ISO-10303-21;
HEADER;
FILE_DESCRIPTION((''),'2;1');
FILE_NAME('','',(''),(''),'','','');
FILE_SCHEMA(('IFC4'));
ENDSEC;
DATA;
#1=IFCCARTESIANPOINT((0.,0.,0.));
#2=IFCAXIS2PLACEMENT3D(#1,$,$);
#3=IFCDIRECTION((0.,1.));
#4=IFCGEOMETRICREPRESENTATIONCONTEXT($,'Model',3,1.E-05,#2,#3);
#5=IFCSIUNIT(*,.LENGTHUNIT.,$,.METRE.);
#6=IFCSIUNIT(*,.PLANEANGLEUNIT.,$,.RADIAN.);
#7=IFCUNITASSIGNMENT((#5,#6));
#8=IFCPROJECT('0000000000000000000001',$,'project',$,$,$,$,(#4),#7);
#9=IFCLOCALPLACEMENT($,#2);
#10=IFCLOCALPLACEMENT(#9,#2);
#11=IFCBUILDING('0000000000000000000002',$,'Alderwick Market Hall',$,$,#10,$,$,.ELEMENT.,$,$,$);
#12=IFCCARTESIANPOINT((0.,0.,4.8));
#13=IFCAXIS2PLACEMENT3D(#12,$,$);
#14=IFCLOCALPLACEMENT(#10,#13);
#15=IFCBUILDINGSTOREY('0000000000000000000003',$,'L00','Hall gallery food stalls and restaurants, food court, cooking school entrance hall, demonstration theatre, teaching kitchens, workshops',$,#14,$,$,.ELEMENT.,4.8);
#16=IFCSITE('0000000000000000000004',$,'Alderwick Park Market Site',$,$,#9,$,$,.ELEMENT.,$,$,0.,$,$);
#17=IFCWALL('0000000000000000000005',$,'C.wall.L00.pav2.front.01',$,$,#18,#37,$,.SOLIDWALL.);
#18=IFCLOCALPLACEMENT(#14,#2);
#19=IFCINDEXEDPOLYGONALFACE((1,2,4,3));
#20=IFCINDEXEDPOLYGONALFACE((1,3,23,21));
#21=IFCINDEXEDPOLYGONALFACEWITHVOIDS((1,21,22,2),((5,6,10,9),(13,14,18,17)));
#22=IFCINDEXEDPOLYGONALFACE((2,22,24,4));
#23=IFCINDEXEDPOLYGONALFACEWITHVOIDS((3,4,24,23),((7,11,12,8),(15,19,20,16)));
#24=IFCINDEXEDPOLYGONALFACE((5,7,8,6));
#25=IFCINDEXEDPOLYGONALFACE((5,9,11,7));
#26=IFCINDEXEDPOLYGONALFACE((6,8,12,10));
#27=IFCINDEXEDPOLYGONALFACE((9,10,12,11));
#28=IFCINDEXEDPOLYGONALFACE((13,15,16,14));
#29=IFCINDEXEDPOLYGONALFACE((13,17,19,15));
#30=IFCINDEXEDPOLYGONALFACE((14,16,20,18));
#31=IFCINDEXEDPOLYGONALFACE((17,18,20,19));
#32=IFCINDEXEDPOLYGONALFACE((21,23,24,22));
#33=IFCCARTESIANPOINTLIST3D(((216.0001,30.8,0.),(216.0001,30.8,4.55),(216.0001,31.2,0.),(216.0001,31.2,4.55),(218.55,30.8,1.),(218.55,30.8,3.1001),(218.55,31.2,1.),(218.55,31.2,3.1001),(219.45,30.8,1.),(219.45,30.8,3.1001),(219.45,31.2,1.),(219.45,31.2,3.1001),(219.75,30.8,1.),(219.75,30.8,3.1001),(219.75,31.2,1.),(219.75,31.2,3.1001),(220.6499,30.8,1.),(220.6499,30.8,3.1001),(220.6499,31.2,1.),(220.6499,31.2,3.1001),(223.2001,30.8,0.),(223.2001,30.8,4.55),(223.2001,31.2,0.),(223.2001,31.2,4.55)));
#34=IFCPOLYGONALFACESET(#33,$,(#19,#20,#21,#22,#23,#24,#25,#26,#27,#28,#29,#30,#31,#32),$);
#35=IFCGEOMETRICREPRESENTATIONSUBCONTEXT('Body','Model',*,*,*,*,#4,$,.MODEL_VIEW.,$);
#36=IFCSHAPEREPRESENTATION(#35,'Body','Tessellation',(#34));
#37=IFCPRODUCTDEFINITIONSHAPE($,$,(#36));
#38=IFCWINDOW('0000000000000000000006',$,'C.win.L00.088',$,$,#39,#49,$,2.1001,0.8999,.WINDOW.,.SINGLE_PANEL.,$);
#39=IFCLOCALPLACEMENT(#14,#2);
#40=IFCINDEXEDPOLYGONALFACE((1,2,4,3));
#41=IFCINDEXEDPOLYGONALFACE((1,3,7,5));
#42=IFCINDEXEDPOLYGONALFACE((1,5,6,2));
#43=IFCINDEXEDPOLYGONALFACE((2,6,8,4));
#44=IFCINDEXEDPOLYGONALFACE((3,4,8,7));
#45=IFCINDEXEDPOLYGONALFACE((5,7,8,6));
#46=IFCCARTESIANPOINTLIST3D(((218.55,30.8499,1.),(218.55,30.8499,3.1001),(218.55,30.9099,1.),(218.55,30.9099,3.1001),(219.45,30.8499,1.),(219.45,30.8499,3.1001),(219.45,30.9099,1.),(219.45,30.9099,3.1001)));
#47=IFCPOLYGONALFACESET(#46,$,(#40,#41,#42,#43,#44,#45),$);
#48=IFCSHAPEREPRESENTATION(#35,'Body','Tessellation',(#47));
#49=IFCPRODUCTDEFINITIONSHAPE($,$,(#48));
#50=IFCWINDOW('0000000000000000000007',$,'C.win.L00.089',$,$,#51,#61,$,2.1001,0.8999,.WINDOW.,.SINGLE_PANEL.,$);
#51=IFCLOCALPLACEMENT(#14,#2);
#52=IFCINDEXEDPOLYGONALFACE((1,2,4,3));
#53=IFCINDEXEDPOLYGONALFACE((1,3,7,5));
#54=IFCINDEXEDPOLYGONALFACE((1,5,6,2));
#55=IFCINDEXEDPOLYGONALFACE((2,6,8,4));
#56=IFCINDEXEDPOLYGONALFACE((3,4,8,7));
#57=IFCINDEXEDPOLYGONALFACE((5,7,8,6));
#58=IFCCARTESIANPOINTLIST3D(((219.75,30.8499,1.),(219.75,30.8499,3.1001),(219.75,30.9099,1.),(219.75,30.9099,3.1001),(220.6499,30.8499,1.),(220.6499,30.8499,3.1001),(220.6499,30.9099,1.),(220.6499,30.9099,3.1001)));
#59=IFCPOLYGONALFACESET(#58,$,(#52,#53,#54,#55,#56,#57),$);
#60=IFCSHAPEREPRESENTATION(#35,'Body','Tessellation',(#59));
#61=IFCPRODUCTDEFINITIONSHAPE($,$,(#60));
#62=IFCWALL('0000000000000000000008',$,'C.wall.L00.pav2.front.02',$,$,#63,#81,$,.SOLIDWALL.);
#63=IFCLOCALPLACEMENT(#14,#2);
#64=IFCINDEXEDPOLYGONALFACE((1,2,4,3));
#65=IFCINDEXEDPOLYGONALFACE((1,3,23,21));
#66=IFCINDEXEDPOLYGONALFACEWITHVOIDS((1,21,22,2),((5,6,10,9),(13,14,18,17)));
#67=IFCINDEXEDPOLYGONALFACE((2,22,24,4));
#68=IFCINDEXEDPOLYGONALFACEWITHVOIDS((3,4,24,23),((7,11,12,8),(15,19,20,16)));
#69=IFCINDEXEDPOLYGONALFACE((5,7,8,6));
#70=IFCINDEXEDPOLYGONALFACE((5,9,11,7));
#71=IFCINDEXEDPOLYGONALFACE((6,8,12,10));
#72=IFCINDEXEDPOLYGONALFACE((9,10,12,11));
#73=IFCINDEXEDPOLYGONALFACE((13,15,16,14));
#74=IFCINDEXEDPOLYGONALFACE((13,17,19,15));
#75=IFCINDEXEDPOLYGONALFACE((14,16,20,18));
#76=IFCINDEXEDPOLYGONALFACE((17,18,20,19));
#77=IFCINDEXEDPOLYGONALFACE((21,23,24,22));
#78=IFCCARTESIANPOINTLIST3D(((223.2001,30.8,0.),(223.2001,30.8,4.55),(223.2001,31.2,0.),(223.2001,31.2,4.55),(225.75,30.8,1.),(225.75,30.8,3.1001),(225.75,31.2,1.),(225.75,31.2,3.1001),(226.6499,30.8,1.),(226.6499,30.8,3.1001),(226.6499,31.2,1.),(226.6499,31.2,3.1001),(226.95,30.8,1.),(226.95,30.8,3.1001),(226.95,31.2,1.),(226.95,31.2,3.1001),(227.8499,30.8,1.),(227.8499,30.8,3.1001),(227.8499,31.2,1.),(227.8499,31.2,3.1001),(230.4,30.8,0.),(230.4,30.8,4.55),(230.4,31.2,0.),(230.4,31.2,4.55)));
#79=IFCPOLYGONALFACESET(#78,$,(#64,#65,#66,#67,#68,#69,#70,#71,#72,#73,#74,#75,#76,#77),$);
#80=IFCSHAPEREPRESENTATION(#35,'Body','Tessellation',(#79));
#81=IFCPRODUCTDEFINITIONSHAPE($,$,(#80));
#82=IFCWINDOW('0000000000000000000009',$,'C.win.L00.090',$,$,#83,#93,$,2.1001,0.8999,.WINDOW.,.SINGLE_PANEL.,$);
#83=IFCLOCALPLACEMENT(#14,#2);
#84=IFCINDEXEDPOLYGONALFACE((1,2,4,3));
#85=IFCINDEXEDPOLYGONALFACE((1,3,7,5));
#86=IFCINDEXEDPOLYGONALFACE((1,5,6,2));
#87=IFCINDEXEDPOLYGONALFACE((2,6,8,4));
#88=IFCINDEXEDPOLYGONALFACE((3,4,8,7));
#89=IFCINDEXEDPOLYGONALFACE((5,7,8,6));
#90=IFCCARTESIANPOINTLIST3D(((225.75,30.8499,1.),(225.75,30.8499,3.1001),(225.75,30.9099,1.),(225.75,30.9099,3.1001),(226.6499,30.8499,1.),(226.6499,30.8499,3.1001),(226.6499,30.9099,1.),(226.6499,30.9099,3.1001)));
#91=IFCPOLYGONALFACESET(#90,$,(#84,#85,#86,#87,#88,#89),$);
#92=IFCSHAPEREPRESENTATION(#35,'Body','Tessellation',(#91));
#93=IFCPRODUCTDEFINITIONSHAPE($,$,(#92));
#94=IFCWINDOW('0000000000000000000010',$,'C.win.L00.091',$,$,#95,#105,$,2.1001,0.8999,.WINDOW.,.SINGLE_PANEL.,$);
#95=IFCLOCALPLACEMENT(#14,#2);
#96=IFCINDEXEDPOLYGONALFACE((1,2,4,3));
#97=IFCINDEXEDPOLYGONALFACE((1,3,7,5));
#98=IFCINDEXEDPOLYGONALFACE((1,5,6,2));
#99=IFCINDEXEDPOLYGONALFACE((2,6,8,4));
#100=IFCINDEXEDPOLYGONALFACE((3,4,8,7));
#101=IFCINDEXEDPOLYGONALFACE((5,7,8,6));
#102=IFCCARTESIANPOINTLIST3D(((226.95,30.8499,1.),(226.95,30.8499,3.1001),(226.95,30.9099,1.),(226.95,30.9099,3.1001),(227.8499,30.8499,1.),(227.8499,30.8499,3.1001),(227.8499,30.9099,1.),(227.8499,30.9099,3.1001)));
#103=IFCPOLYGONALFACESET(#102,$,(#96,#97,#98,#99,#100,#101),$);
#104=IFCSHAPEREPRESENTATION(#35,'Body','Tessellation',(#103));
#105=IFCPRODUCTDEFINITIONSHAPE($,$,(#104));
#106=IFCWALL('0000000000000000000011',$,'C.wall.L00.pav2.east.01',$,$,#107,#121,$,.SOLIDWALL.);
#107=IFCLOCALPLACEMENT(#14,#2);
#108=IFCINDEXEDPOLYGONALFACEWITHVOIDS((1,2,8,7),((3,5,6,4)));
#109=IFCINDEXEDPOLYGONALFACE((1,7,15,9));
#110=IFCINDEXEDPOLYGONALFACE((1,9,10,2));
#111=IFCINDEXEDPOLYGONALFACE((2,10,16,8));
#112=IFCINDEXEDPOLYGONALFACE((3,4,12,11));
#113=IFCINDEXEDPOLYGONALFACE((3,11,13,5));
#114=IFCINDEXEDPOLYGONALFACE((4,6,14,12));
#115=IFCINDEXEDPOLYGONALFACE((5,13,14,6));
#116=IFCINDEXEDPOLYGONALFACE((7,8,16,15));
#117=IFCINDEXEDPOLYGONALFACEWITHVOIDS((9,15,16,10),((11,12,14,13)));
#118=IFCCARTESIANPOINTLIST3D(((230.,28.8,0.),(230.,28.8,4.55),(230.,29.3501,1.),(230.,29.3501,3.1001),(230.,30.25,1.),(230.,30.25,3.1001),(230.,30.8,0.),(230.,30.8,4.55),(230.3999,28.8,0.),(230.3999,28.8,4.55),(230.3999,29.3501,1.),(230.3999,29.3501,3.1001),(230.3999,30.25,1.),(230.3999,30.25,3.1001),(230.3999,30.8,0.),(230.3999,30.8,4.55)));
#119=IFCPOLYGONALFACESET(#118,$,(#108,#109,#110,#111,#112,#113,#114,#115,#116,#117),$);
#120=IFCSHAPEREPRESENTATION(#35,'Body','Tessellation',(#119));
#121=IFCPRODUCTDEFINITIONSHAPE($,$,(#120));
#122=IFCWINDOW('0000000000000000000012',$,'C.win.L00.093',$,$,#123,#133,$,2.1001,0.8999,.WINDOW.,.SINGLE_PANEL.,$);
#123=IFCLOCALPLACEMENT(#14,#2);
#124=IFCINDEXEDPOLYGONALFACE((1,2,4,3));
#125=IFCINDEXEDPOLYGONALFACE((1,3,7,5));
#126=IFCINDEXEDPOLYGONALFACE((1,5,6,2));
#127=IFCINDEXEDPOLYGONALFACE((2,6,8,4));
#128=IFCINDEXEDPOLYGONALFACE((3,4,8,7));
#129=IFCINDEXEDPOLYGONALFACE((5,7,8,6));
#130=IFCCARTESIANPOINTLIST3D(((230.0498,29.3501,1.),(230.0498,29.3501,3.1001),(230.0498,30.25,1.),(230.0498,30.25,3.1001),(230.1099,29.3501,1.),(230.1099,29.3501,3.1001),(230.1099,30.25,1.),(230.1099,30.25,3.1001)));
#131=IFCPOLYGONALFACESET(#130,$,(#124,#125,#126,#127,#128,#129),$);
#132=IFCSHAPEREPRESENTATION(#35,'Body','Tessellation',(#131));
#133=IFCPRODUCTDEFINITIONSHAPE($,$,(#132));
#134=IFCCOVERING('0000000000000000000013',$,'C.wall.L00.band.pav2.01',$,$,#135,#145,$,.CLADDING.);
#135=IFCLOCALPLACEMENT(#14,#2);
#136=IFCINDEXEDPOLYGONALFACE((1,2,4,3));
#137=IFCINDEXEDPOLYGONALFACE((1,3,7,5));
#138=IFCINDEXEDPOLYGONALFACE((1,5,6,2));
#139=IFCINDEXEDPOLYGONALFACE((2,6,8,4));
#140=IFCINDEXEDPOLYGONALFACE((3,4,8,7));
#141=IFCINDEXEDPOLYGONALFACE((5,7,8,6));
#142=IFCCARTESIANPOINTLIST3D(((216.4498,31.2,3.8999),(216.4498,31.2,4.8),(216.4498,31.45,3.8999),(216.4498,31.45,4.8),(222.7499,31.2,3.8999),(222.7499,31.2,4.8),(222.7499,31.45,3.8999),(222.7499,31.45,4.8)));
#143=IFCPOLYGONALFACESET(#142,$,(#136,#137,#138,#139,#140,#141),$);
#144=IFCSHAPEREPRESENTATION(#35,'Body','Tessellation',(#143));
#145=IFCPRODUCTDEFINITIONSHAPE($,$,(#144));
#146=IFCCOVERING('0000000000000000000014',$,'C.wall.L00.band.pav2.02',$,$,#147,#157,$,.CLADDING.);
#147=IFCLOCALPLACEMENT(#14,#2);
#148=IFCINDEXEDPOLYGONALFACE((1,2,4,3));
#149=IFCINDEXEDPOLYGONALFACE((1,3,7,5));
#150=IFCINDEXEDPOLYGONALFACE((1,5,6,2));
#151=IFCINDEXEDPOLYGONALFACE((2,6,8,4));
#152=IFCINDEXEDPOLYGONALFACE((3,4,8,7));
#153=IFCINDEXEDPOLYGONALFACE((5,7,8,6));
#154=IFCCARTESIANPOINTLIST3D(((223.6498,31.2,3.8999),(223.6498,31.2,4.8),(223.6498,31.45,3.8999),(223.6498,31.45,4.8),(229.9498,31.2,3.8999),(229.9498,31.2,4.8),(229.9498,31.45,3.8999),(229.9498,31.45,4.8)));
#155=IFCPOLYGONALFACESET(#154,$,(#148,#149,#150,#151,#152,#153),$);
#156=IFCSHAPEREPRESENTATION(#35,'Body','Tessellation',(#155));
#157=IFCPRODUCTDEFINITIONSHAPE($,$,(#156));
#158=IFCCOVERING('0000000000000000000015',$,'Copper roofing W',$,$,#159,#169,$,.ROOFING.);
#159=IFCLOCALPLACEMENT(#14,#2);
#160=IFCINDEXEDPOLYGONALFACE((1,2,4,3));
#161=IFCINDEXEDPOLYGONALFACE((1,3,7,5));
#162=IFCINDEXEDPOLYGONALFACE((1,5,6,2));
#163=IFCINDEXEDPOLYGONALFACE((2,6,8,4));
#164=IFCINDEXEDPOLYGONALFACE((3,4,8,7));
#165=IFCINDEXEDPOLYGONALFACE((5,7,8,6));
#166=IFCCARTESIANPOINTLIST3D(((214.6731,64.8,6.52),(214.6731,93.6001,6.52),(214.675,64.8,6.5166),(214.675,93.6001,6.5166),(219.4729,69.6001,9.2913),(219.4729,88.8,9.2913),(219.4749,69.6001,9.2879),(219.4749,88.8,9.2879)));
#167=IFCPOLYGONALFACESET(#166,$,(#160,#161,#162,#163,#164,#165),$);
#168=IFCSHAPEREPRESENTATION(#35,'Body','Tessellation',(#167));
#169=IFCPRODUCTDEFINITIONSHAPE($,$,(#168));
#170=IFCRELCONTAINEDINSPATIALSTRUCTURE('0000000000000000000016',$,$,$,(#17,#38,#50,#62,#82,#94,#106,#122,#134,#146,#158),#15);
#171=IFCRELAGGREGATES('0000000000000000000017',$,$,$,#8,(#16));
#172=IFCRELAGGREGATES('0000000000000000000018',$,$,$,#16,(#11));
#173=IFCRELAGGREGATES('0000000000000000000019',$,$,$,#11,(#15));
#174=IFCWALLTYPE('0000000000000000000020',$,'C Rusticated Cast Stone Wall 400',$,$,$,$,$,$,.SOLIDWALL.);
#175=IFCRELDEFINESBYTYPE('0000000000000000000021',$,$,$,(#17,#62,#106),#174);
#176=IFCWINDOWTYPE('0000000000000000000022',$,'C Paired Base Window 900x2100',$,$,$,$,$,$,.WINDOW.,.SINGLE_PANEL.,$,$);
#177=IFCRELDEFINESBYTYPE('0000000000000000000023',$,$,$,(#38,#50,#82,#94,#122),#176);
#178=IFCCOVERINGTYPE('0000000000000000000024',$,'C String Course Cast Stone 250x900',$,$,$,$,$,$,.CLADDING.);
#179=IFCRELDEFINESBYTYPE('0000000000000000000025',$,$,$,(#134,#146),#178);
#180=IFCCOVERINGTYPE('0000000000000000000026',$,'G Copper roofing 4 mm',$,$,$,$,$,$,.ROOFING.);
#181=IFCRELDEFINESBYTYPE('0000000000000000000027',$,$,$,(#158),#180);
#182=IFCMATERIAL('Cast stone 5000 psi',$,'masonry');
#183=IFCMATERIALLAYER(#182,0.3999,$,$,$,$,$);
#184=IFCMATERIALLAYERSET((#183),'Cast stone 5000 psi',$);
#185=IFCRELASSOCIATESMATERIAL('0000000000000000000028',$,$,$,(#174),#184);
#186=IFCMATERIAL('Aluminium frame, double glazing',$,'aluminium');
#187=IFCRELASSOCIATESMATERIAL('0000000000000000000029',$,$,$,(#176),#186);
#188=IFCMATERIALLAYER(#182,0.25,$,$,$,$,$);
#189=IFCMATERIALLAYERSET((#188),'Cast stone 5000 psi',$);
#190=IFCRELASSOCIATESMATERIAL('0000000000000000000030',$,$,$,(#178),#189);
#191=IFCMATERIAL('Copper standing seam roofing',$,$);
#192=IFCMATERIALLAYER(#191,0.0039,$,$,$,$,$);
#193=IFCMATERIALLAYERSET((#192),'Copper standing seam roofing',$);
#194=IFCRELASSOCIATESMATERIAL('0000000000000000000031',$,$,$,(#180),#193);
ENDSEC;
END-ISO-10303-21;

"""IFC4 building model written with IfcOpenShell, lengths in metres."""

from ifc_helpers import new_model, si_unit, direction, frame, frame_2d, origin, place, context, subcontext, project, spatial, polyline, rectangle, outline, extrude, material, layer, layer_set, type_object, element, fill, save


model = new_model("IFC4")

# Units and contexts
model_context = context("Model", 3, precision=1e-05, world=origin(), true_north=direction((0.0, 1.0)))
body_context = subcontext(model_context, "Body", "Model", "MODEL_VIEW")
ifc_project = project(units=[si_unit("LENGTHUNIT", "METRE"), si_unit("PLANEANGLEUNIT", "RADIAN")], contexts=[model_context])

# Site, building, storey
site_placement = place(None, origin())
site = spatial("IfcSite", under=ifc_project, at=site_placement, Name="Alderwick Park Market Site", CompositionType="ELEMENT", RefElevation=0.0)
building_placement = place(site_placement, origin())
building = spatial("IfcBuilding", under=site, at=building_placement, Name="Alderwick Market Hall", CompositionType="ELEMENT")
storey_placement = place(building_placement, frame((0.0, 0.0, 4.8)))
storey = spatial("IfcBuildingStorey", under=building, at=storey_placement, Name="L00", Description="Hall gallery food stalls and restaurants, food court, cooking school entrance hall, demonstration theatre, teaching kitchens, workshops", CompositionType="ELEMENT", Elevation=4.8)

# Shared definitions
ifc_material_1 = material(Name="Cast stone 5000 psi", Category="masonry")

# Walls, openings, windows
ifc_layer_1 = layer(ifc_material_1, 0.3999)
ifc_layer_set_1 = layer_set([ifc_layer_1], Name="Cast stone 5000 psi")
wall_type = type_object("IfcWallType", Name="C Rusticated Cast Stone Wall 400", PredefinedType="SOLIDWALL", material=ifc_layer_set_1)
wall_1_placement = place(storey_placement, frame((216.0, 31.0, 0.0), z_axis=(0.0, 0.0, 1.0), x_axis=(1.0, 0.0, 0.0)))
wall_1 = element("IfcWall", 1, at=wall_1_placement, inside=storey, type_object=wall_type, Name="C.wall.L00.pav2.front.01", PredefinedType="SOLIDWALL", context=body_context, shape_type="SweptSolid", body=[
    extrude(rectangle(XDim=7.2, YDim=0.3999, at=frame_2d((3.6001, 0.0))), origin(), (0.0, 0.0, 1.0), 4.55),
])
opening_1_placement = place(wall_1_placement, frame((2.55, 0.0, 1.0)))
opening_1 = element("IfcOpeningElement", 2, at=opening_1_placement, cuts=wall_1, PredefinedType="OPENING", context=body_context, shape_type="SweptSolid", body=[
    extrude(rectangle(XDim=0.8999, YDim=2.1001, at=frame_2d((0.45, 1.05))), frame((0.0, 0.21, 0.0), z_axis=(0.0, -1.0, 0.0), x_axis=(1.0, 0.0, 0.0)), (0.0, 0.0, 1.0), 0.4199),
])
opening_2_placement = place(wall_1_placement, frame((3.75, 0.0, 1.0)))
opening_2 = element("IfcOpeningElement", 3, at=opening_2_placement, cuts=wall_1, PredefinedType="OPENING", context=body_context, shape_type="SweptSolid", body=[
    extrude(rectangle(XDim=0.8999, YDim=2.1001, at=frame_2d((0.45, 1.05))), frame((0.0, 0.21, 0.0), z_axis=(0.0, -1.0, 0.0), x_axis=(1.0, 0.0, 0.0)), (0.0, 0.0, 1.0), 0.4199),
])
ifc_material_2 = material(Name="Aluminium frame, double glazing", Category="aluminium")
window_type = type_object("IfcWindowType", Name="C Paired Base Window 900x2100", PartitioningType="SINGLE_PANEL", PredefinedType="WINDOW", material=ifc_material_2)
window_1_placement = place(opening_1_placement, origin())
window_1 = element("IfcWindow", 4, at=window_1_placement, inside=storey, type_object=window_type, Name="C.win.L00.088", OverallHeight=2.1001, OverallWidth=0.8999, PartitioningType="SINGLE_PANEL", PredefinedType="WINDOW", context=body_context, shape_type="SweptSolid", body=[
    extrude(rectangle(XDim=0.8999, YDim=2.1001, at=frame_2d((0.45, 1.05))), frame((0.0, -0.0901, 0.0), z_axis=(0.0, -1.0, 0.0), x_axis=(1.0, 0.0, 0.0)), (0.0, 0.0, 1.0), 0.0601),
])
fill(opening_1, window_1)
window_2_placement = place(opening_2_placement, origin())
window_2 = element("IfcWindow", 5, at=window_2_placement, inside=storey, type_object=window_type, Name="C.win.L00.089", OverallHeight=2.1001, OverallWidth=0.8999, PartitioningType="SINGLE_PANEL", PredefinedType="WINDOW", context=body_context, shape_type="SweptSolid", body=[
    extrude(rectangle(XDim=0.8999, YDim=2.1001, at=frame_2d((0.45, 1.05))), frame((0.0, -0.0901, 0.0), z_axis=(0.0, -1.0, 0.0), x_axis=(1.0, 0.0, 0.0)), (0.0, 0.0, 1.0), 0.0601),
])
fill(opening_2, window_2)
wall_2_placement = place(storey_placement, frame((223.2, 31.0, 0.0), z_axis=(0.0, 0.0, 1.0), x_axis=(1.0, 0.0, 0.0)))
wall_2 = element("IfcWall", 6, at=wall_2_placement, inside=storey, type_object=wall_type, Name="C.wall.L00.pav2.front.02", PredefinedType="SOLIDWALL", context=body_context, shape_type="SweptSolid", body=[
    extrude(rectangle(XDim=7.2, YDim=0.3999, at=frame_2d((3.6001, 0.0))), origin(), (0.0, 0.0, 1.0), 4.55),
])
opening_3_placement = place(wall_2_placement, frame((2.55, 0.0, 1.0)))
opening_3 = element("IfcOpeningElement", 7, at=opening_3_placement, cuts=wall_2, PredefinedType="OPENING", context=body_context, shape_type="SweptSolid", body=[
    extrude(rectangle(XDim=0.8999, YDim=2.1001, at=frame_2d((0.45, 1.05))), frame((0.0, 0.21, 0.0), z_axis=(0.0, -1.0, 0.0), x_axis=(1.0, 0.0, 0.0)), (0.0, 0.0, 1.0), 0.4199),
])
opening_4_placement = place(wall_2_placement, frame((3.75, 0.0, 1.0)))
opening_4 = element("IfcOpeningElement", 8, at=opening_4_placement, cuts=wall_2, PredefinedType="OPENING", context=body_context, shape_type="SweptSolid", body=[
    extrude(rectangle(XDim=0.8999, YDim=2.1001, at=frame_2d((0.45, 1.05))), frame((0.0, 0.21, 0.0), z_axis=(0.0, -1.0, 0.0), x_axis=(1.0, 0.0, 0.0)), (0.0, 0.0, 1.0), 0.4199),
])
window_3_placement = place(opening_3_placement, origin())
window_3 = element("IfcWindow", 9, at=window_3_placement, inside=storey, type_object=window_type, Name="C.win.L00.090", OverallHeight=2.1001, OverallWidth=0.8999, PartitioningType="SINGLE_PANEL", PredefinedType="WINDOW", context=body_context, shape_type="SweptSolid", body=[
    extrude(rectangle(XDim=0.8999, YDim=2.1001, at=frame_2d((0.45, 1.05))), frame((0.0, -0.0901, 0.0), z_axis=(0.0, -1.0, 0.0), x_axis=(1.0, 0.0, 0.0)), (0.0, 0.0, 1.0), 0.0601),
])
fill(opening_3, window_3)
window_4_placement = place(opening_4_placement, origin())
window_4 = element("IfcWindow", 10, at=window_4_placement, inside=storey, type_object=window_type, Name="C.win.L00.091", OverallHeight=2.1001, OverallWidth=0.8999, PartitioningType="SINGLE_PANEL", PredefinedType="WINDOW", context=body_context, shape_type="SweptSolid", body=[
    extrude(rectangle(XDim=0.8999, YDim=2.1001, at=frame_2d((0.45, 1.05))), frame((0.0, -0.0901, 0.0), z_axis=(0.0, -1.0, 0.0), x_axis=(1.0, 0.0, 0.0)), (0.0, 0.0, 1.0), 0.0601),
])
fill(opening_4, window_4)

# Wall, opening, window
wall_3_placement = place(storey_placement, frame((230.2, 30.8, 0.0), z_axis=(0.0, 0.0, 1.0), x_axis=(0.0, -1.0, 0.0)))
wall_3 = element("IfcWall", 11, at=wall_3_placement, inside=storey, type_object=wall_type, Name="C.wall.L00.pav2.east.01", PredefinedType="SOLIDWALL", context=body_context, shape_type="SweptSolid", body=[
    extrude(rectangle(XDim=2.0, YDim=0.3999, at=frame_2d((1.0, 0.0))), origin(), (0.0, 0.0, 1.0), 4.55),
])
opening_5_placement = place(wall_3_placement, frame((0.55, 0.0, 1.0)))
opening_5 = element("IfcOpeningElement", 12, at=opening_5_placement, cuts=wall_3, PredefinedType="OPENING", context=body_context, shape_type="SweptSolid", body=[
    extrude(rectangle(XDim=0.8999, YDim=2.1001, at=frame_2d((0.45, 1.05))), frame((0.0, 0.21, 0.0), z_axis=(0.0, -1.0, 0.0), x_axis=(1.0, 0.0, 0.0)), (0.0, 0.0, 1.0), 0.4199),
])
window_5_placement = place(opening_5_placement, origin())
window_5 = element("IfcWindow", 13, at=window_5_placement, inside=storey, type_object=window_type, Name="C.win.L00.093", OverallHeight=2.1001, OverallWidth=0.8999, PartitioningType="SINGLE_PANEL", PredefinedType="WINDOW", context=body_context, shape_type="SweptSolid", body=[
    extrude(rectangle(XDim=0.8999, YDim=2.1001, at=frame_2d((0.45, 1.05))), frame((0.0, -0.0901, 0.0), z_axis=(0.0, -1.0, 0.0), x_axis=(1.0, 0.0, 0.0)), (0.0, 0.0, 1.0), 0.0601),
])
fill(opening_5, window_5)

# Coverings
ifc_layer_2 = layer(ifc_material_1, 0.25)
ifc_layer_set_2 = layer_set([ifc_layer_2], Name="Cast stone 5000 psi")
covering_type_1 = type_object("IfcCoveringType", Name="C String Course Cast Stone 250x900", PredefinedType="CLADDING", material=ifc_layer_set_2)
for number, where, z_axis, x_axis, name in (
    (14, (216.45, 31.325, 3.8999), (0.0, 0.0, 1.0), (1.0, 0.0, 0.0), "C.wall.L00.band.pav2.01"),
    (15, (223.6499, 31.325, 3.8999), (0.0, 0.0, 1.0), (1.0, 0.0, 0.0), "C.wall.L00.band.pav2.02"),
):
    element("IfcCovering", number, at=place(storey_placement, frame(where, z_axis=z_axis, x_axis=x_axis)), inside=storey, type_object=covering_type_1, Name=name, PredefinedType="CLADDING", context=body_context, shape_type="SweptSolid", body=[
        extrude(rectangle(XDim=6.3, YDim=0.25, at=frame_2d((3.1499, 0.0))), origin(), (0.0, 0.0, 1.0), 0.9001),
    ])
ifc_material_3 = material(Name="Copper standing seam roofing")
ifc_layer_3 = layer(ifc_material_3, 0.0039)
ifc_layer_set_3 = layer_set([ifc_layer_3], Name="Copper standing seam roofing")
covering_type_2 = type_object("IfcCoveringType", Name="G Copper roofing 4 mm", PredefinedType="ROOFING", material=ifc_layer_set_3)
covering_1_placement = place(storey_placement, frame((214.6731, 64.8, 6.52), z_axis=(-0.50001, 0.0, 0.86602), x_axis=(0.654637, 0.65467, 0.377965)))
element("IfcCovering", 16, at=covering_1_placement, inside=storey, type_object=covering_type_2, Name="Copper roofing W", PredefinedType="ROOFING", context=body_context, shape_type="SweptSolid", body=[
    extrude(outline(polyline([(0.0, 0.0), (7.332, 0.0), (19.9016, 14.5135), (18.8545, 21.7704), (0.0, 0.0)])), origin(), (0.0, 0.0, -1.0), 0.0039),
])

save(model, "model.ifc")
